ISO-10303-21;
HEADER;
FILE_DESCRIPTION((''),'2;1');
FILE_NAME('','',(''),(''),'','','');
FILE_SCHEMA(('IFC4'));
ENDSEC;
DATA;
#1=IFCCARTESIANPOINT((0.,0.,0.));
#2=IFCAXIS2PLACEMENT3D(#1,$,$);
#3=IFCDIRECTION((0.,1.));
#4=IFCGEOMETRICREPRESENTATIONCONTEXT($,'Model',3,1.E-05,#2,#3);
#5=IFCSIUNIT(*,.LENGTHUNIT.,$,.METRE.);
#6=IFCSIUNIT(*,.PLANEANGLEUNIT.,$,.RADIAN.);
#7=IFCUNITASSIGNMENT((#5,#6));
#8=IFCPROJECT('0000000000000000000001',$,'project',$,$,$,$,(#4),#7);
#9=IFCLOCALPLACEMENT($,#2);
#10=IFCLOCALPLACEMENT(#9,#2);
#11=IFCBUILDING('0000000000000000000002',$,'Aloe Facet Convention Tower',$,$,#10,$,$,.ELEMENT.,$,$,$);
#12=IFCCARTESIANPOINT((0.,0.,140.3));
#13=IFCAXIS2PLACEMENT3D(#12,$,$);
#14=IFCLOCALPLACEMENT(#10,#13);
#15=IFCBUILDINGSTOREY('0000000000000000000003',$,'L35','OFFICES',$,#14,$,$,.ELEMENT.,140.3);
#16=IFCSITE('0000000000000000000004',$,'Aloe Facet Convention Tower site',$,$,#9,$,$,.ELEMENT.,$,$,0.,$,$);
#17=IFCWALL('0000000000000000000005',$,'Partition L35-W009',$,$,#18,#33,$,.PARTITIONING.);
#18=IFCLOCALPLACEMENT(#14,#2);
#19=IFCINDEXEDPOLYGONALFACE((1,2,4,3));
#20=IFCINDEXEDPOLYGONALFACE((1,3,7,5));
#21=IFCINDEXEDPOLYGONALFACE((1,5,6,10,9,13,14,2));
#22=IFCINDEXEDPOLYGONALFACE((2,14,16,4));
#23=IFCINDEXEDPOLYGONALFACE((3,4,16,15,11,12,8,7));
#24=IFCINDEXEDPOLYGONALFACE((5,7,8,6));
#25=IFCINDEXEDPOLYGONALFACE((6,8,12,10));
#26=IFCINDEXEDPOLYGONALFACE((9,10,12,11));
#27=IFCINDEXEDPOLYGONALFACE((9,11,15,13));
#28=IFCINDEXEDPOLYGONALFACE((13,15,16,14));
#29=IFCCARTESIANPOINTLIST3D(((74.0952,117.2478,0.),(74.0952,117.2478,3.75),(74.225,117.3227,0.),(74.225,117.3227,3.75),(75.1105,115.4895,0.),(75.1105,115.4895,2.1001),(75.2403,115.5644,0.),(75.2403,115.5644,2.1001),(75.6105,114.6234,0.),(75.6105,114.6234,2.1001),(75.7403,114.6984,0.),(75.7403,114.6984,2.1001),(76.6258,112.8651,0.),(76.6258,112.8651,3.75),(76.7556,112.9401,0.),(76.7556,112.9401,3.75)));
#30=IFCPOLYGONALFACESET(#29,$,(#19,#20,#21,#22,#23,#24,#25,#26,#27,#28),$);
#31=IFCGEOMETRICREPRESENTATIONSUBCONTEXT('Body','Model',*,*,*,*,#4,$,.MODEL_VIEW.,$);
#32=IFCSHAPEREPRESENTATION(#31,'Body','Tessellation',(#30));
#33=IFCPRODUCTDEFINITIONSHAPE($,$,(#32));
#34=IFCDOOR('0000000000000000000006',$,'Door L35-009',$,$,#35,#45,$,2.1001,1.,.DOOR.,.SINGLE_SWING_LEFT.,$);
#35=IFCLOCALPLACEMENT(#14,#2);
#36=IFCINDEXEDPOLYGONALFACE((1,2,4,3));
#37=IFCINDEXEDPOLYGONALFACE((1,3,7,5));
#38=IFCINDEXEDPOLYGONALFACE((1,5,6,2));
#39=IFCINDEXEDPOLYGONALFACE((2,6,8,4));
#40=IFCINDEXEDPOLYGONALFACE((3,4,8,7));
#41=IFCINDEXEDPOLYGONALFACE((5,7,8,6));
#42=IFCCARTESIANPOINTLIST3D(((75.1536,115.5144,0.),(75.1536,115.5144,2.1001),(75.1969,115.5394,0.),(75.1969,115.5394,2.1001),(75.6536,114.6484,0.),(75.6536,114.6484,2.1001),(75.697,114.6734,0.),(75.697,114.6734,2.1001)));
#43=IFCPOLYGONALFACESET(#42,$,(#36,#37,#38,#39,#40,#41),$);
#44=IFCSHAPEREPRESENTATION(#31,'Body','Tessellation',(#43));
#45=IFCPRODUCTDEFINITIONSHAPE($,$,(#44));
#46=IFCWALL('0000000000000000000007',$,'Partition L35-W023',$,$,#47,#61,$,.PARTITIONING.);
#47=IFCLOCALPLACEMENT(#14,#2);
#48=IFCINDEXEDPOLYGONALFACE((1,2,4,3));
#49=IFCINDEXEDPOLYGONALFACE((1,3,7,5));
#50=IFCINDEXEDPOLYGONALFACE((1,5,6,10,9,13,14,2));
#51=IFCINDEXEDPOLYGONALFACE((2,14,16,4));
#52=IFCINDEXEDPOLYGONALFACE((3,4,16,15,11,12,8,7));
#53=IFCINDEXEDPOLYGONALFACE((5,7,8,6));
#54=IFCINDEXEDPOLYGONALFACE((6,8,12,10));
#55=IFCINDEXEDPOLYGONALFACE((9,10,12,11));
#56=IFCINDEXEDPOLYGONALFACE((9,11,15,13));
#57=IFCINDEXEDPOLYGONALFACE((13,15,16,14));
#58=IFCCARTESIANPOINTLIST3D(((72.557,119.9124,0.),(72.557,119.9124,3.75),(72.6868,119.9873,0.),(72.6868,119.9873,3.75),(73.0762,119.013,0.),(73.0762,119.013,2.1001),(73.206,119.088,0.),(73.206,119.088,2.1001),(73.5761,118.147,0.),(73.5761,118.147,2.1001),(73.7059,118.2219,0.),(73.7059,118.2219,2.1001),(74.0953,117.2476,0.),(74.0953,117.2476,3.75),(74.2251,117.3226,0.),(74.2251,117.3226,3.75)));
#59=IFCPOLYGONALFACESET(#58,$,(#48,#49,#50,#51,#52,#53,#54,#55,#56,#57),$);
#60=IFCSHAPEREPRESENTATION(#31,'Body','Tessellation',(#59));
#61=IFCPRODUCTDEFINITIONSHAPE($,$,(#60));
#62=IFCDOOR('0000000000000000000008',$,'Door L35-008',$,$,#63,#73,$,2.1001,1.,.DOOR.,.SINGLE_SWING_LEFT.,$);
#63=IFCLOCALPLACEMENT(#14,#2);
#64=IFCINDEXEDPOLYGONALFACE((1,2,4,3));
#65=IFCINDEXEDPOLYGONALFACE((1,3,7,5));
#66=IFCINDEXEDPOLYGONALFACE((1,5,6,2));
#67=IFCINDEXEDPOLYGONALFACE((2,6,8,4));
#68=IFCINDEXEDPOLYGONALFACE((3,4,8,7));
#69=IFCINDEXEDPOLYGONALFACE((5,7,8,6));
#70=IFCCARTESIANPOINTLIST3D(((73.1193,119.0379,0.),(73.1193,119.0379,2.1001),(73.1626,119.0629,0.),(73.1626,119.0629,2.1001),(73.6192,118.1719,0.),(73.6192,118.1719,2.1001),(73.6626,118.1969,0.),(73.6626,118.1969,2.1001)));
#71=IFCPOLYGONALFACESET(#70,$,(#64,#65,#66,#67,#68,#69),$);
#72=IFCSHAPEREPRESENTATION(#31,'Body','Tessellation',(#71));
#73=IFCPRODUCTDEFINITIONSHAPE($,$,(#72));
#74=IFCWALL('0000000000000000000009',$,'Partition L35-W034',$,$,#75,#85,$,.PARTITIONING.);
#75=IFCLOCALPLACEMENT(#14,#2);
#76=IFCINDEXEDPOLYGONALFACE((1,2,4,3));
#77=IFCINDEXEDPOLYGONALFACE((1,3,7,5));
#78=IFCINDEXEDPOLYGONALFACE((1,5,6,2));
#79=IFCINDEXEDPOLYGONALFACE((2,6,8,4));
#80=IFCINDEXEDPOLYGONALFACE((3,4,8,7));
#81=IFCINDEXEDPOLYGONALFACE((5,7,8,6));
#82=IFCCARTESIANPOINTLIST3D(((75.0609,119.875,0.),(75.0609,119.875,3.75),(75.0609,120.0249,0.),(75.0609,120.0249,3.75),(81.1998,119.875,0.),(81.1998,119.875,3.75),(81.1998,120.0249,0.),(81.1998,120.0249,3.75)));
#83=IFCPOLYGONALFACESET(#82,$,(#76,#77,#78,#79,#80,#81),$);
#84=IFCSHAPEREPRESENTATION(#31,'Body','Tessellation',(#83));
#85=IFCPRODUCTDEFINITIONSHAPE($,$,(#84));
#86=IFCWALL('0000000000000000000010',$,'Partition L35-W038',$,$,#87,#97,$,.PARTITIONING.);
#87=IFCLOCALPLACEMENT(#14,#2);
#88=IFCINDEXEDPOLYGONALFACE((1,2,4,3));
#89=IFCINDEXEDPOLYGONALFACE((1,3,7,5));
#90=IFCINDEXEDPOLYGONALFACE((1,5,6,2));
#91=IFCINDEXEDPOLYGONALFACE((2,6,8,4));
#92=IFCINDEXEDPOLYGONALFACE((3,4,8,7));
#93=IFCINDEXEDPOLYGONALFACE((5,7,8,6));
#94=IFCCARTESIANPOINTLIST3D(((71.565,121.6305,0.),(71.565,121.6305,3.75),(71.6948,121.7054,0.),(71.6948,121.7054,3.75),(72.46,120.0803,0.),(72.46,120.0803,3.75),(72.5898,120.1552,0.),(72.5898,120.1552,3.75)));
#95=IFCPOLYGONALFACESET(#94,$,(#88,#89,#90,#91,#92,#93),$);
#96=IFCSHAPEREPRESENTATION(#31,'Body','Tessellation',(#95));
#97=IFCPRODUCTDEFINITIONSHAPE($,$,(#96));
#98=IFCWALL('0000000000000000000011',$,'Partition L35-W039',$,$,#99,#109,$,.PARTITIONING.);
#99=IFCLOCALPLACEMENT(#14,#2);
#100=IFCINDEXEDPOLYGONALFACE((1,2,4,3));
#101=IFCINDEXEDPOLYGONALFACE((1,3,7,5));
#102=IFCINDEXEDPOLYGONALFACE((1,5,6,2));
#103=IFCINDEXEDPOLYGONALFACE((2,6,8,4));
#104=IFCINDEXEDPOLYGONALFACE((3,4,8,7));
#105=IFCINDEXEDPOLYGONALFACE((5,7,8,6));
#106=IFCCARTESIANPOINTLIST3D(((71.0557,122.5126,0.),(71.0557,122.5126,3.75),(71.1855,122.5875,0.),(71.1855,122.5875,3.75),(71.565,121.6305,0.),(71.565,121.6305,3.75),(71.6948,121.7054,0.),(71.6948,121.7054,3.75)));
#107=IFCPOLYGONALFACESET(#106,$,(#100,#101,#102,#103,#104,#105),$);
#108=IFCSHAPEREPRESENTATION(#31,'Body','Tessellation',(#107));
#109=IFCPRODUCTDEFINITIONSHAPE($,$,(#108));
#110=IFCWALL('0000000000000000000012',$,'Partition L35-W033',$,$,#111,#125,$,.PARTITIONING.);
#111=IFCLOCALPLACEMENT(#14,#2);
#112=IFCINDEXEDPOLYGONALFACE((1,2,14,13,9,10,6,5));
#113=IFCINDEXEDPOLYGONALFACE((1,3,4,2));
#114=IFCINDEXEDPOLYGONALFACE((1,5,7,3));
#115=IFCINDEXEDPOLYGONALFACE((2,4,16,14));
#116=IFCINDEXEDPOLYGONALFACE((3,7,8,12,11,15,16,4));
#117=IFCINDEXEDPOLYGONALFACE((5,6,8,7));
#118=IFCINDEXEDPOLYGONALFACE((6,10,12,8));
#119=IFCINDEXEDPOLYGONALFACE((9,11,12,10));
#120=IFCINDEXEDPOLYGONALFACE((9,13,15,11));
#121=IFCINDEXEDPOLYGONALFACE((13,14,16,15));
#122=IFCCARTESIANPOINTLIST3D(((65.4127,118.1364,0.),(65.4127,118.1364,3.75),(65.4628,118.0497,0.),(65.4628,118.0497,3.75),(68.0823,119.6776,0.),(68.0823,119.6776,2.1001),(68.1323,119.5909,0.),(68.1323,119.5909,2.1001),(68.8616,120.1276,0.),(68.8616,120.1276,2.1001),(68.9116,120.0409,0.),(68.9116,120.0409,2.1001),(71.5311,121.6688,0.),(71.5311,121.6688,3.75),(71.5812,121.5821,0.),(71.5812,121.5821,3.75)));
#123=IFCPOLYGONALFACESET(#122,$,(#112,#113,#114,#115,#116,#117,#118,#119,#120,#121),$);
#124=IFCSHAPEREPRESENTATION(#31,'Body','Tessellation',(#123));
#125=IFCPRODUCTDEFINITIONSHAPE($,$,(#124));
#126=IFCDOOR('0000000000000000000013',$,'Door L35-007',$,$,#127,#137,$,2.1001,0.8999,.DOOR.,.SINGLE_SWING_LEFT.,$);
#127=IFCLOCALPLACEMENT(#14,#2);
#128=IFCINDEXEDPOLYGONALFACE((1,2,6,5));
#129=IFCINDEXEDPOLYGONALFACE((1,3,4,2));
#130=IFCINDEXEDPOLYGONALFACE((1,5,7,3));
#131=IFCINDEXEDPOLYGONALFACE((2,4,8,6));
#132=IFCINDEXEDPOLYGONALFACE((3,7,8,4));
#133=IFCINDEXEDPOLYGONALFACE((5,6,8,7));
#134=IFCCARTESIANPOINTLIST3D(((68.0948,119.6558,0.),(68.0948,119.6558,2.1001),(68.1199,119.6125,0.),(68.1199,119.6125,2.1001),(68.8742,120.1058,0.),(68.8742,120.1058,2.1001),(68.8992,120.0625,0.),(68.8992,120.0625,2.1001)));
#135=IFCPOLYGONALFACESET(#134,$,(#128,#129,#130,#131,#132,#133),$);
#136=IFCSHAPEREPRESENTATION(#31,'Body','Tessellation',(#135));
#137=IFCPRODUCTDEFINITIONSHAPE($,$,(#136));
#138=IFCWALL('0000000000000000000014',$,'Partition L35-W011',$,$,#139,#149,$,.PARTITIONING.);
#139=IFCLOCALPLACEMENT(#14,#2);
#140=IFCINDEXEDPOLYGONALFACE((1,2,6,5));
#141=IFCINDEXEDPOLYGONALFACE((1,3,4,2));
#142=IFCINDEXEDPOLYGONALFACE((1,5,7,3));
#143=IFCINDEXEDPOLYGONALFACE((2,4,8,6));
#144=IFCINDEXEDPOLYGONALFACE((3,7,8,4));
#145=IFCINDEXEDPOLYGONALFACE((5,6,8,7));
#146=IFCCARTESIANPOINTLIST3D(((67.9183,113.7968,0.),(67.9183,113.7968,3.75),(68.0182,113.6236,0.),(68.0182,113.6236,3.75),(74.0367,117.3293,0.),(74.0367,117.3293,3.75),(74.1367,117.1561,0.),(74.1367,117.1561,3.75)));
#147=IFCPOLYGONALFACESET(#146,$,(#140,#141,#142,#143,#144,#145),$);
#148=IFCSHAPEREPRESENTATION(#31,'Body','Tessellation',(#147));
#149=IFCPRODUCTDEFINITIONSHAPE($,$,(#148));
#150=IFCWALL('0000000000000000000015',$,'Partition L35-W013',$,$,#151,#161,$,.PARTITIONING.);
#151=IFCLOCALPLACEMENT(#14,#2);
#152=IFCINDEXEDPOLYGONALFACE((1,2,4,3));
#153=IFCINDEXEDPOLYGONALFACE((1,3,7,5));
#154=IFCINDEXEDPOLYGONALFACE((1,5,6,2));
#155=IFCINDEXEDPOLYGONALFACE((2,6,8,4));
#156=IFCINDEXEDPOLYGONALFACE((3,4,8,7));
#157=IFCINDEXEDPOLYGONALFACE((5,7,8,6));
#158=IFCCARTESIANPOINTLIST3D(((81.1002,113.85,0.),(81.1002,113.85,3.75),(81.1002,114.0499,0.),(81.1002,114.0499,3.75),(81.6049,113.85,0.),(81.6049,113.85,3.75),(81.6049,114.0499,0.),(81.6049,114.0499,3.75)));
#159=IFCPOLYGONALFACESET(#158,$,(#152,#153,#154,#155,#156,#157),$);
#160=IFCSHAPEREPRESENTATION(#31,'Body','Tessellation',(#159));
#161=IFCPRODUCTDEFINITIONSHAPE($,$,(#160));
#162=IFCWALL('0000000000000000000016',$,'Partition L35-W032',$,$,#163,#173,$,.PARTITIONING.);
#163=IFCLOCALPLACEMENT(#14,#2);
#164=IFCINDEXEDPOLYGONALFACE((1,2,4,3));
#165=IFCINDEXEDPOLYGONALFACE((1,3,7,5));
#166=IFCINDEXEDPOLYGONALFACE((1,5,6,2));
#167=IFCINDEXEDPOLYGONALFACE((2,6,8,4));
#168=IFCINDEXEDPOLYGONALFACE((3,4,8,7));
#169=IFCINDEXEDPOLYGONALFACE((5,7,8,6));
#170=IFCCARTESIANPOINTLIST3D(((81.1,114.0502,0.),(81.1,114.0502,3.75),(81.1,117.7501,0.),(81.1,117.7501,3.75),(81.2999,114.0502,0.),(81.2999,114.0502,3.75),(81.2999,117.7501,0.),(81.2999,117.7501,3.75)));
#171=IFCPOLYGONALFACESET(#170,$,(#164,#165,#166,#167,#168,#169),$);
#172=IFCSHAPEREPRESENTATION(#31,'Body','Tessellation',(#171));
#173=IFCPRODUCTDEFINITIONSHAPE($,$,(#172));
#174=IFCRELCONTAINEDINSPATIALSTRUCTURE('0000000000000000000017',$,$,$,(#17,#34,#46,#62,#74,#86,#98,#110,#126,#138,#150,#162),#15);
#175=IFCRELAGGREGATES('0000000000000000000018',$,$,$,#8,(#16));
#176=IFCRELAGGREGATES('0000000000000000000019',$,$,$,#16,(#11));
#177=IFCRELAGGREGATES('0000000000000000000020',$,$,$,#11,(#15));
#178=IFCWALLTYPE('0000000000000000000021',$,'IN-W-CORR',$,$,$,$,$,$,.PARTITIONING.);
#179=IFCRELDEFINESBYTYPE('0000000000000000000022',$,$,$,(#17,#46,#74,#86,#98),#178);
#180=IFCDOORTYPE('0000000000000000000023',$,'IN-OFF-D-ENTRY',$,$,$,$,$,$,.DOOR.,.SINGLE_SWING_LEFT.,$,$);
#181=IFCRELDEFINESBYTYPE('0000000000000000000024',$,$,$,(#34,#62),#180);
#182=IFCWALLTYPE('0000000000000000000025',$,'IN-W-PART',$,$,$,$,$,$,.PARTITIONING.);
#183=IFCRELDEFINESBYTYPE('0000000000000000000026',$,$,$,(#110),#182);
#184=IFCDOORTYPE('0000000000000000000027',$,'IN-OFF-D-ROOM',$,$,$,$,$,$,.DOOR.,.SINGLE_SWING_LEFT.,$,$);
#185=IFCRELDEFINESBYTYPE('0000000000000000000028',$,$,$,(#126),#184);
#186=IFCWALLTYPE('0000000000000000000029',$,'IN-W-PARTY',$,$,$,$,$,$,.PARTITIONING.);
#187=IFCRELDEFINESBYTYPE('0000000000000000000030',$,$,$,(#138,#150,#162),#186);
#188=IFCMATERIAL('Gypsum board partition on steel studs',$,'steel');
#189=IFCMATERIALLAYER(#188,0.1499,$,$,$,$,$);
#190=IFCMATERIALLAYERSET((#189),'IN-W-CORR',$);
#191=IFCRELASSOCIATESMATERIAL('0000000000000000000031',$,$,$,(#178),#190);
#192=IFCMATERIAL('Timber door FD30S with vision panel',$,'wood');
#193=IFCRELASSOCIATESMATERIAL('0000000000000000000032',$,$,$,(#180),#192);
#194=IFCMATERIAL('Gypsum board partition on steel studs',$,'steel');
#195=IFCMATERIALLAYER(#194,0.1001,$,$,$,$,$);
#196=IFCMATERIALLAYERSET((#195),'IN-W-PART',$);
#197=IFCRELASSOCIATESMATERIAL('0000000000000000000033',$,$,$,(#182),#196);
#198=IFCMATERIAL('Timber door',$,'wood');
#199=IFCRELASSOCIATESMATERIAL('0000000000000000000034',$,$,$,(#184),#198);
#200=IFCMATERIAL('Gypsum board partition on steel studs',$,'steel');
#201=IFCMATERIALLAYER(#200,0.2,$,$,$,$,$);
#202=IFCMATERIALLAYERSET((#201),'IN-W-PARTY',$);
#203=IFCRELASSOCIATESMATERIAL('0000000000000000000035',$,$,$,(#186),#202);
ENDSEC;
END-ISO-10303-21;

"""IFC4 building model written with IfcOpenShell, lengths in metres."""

from ifc_helpers import new_model, si_unit, direction, frame, frame_2d, origin, place, context, subcontext, project, spatial, rectangle, extrude, material, layer, layer_set, type_object, element, fill, save


model = new_model("IFC4")

# Units and contexts
model_context = context("Model", 3, precision=1e-05, world=origin(), true_north=direction((0.0, 1.0)))
body_context = subcontext(model_context, "Body", "Model", "MODEL_VIEW")
ifc_project = project(units=[si_unit("LENGTHUNIT", "METRE"), si_unit("PLANEANGLEUNIT", "RADIAN")], contexts=[model_context])

# Site, building, storey
site_placement = place(None, origin())
site = spatial("IfcSite", under=ifc_project, at=site_placement, Name="Aloe Facet Convention Tower site", CompositionType="ELEMENT", RefElevation=0.0)
building_placement = place(site_placement, origin())
building = spatial("IfcBuilding", under=site, at=building_placement, Name="Aloe Facet Convention Tower", CompositionType="ELEMENT")
storey_placement = place(building_placement, frame((0.0, 0.0, 140.3)))
storey = spatial("IfcBuildingStorey", under=building, at=storey_placement, Name="L35", Description="OFFICES", CompositionType="ELEMENT", Elevation=140.3)

# Walls, openings, doors
ifc_material_1 = material(Name="Gypsum board partition on steel studs", Category="steel")
ifc_layer_1 = layer(ifc_material_1, 0.1499)
ifc_layer_set_1 = layer_set([ifc_layer_1], Name="IN-W-CORR")
wall_type_1 = type_object("IfcWallType", Name="IN-W-CORR", PredefinedType="PARTITIONING", material=ifc_layer_set_1)
wall_1_placement = place(storey_placement, frame((74.1602, 117.2852, 0.0), z_axis=(0.0, 0.0, 1.0), x_axis=(0.500036, -0.866005, 0.0)))
wall_1 = element("IfcWall", 1, at=wall_1_placement, inside=storey, type_object=wall_type_1, Name="Partition L35-W009", PredefinedType="PARTITIONING", context=body_context, shape_type="SweptSolid", body=[
    extrude(rectangle(XDim=5.0608, YDim=0.1499, at=frame_2d((2.5303, 0.0))), origin(), (0.0, 0.0, 1.0), 3.75),
])
opening_1_placement = place(wall_1_placement, frame((2.0303, 0.0, 0.0)))
opening_1 = element("IfcOpeningElement", 2, at=opening_1_placement, cuts=wall_1, PredefinedType="OPENING", context=body_context, shape_type="SweptSolid", body=[
    extrude(rectangle(XDim=1.0, YDim=2.1001, at=frame_2d((0.5, 1.05))), frame((0.0, 0.085, 0.0), z_axis=(0.0, -1.0, 0.0), x_axis=(1.0, 0.0, 0.0)), (0.0, 0.0, 1.0), 0.1699),
])
ifc_material_2 = material(Name="Timber door FD30S with vision panel", Category="wood")
door_type_1 = type_object("IfcDoorType", Name="IN-OFF-D-ENTRY", OperationType="SINGLE_SWING_LEFT", PredefinedType="DOOR", material=ifc_material_2)
door_1_placement = place(opening_1_placement, origin())
door_1 = element("IfcDoor", 3, at=door_1_placement, inside=storey, type_object=door_type_1, Name="Door L35-009", OperationType="SINGLE_SWING_LEFT", OverallHeight=2.1001, OverallWidth=1.0, PredefinedType="DOOR", context=body_context, shape_type="SweptSolid", body=[
    extrude(rectangle(XDim=1.0, YDim=2.1001, at=frame_2d((0.5, 1.05))), frame((0.0, 0.0249, 0.0), z_axis=(0.0, -1.0, 0.0), x_axis=(1.0, 0.0, 0.0)), (0.0, 0.0, 1.0), 0.05),
])
fill(opening_1, door_1)
wall_2_placement = place(storey_placement, frame((72.6218, 119.95, 0.0), z_axis=(0.0, 0.0, 1.0), x_axis=(0.499954, -0.866052, 0.0)))
wall_2 = element("IfcWall", 4, at=wall_2_placement, inside=storey, type_object=wall_type_1, Name="Partition L35-W023", PredefinedType="PARTITIONING", context=body_context, shape_type="SweptSolid", body=[
    extrude(rectangle(XDim=3.0769, YDim=0.1499, at=frame_2d((1.5386, 0.0))), origin(), (0.0, 0.0, 1.0), 3.75),
])
opening_2_placement = place(wall_2_placement, frame((1.0386, 0.0, 0.0)))
opening_2 = element("IfcOpeningElement", 5, at=opening_2_placement, cuts=wall_2, PredefinedType="OPENING", context=body_context, shape_type="SweptSolid", body=[
    extrude(rectangle(XDim=1.0, YDim=2.1001, at=frame_2d((0.5, 1.05))), frame((0.0, 0.085, 0.0), z_axis=(0.0, -1.0, 0.0), x_axis=(1.0, 0.0, 0.0)), (0.0, 0.0, 1.0), 0.1699),
])
door_2_placement = place(opening_2_placement, origin())
door_2 = element("IfcDoor", 6, at=door_2_placement, inside=storey, type_object=door_type_1, Name="Door L35-008", OperationType="SINGLE_SWING_LEFT", OverallHeight=2.1001, OverallWidth=1.0, PredefinedType="DOOR", context=body_context, shape_type="SweptSolid", body=[
    extrude(rectangle(XDim=1.0, YDim=2.1001, at=frame_2d((0.5, 1.05))), frame((0.0, 0.0249, 0.0), z_axis=(0.0, -1.0, 0.0), x_axis=(1.0, 0.0, 0.0)), (0.0, 0.0, 1.0), 0.05),
])
fill(opening_2, door_2)

# Walls
wall_3_placement = place(storey_placement, frame((75.061, 119.95, 0.0), z_axis=(0.0, 0.0, 1.0), x_axis=(1.0, 0.0, 0.0)))
element("IfcWall", 7, at=wall_3_placement, inside=storey, type_object=wall_type_1, Name="Partition L35-W034", PredefinedType="PARTITIONING", context=body_context, shape_type="SweptSolid", body=[
    extrude(rectangle(XDim=6.1389, YDim=0.1499, at=frame_2d((3.0693, 0.0))), origin(), (0.0, 0.0, 1.0), 3.75),
])
wall_4_placement = place(storey_placement, frame((71.6299, 121.668, 0.0), z_axis=(0.0, 0.0, 1.0), x_axis=(0.499982, -0.866036, 0.0)))
element("IfcWall", 8, at=wall_4_placement, inside=storey, type_object=wall_type_1, Name="Partition L35-W038", PredefinedType="PARTITIONING", context=body_context, shape_type="SweptSolid", body=[
    extrude(rectangle(XDim=1.79, YDim=0.1499, at=frame_2d((0.895, 0.0))), origin(), (0.0, 0.0, 1.0), 3.75),
])
wall_5_placement = place(storey_placement, frame((71.1206, 122.55, 0.0), z_axis=(0.0, 0.0, 1.0), x_axis=(0.500006, -0.866022, 0.0)))
element("IfcWall", 9, at=wall_5_placement, inside=storey, type_object=wall_type_1, Name="Partition L35-W039", PredefinedType="PARTITIONING", context=body_context, shape_type="SweptSolid", body=[
    extrude(rectangle(XDim=1.0186, YDim=0.1499, at=frame_2d((0.5093, 0.0))), origin(), (0.0, 0.0, 1.0), 3.75),
])

# Wall, opening, door
ifc_material_3 = material(Name="Gypsum board partition on steel studs", Category="steel")
ifc_layer_2 = layer(ifc_material_3, 0.1001)
ifc_layer_set_2 = layer_set([ifc_layer_2], Name="IN-W-PART")
wall_type_2 = type_object("IfcWallType", Name="IN-W-PART", PredefinedType="PARTITIONING", material=ifc_layer_set_2)
wall_6_placement = place(storey_placement, frame((65.4377, 118.093, 0.0), z_axis=(0.0, 0.0, 1.0), x_axis=(0.866025, 0.500001, 0.0)))
wall_6 = element("IfcWall", 10, at=wall_6_placement, inside=storey, type_object=wall_type_2, Name="Partition L35-W033", PredefinedType="PARTITIONING", context=body_context, shape_type="SweptSolid", body=[
    extrude(rectangle(XDim=7.0649, YDim=0.1001, at=frame_2d((3.5325, 0.0))), origin(), (0.0, 0.0, 1.0), 3.75),
])
opening_3_placement = place(wall_6_placement, frame((3.0825, 0.0, 0.0)))
opening_3 = element("IfcOpeningElement", 11, at=opening_3_placement, cuts=wall_6, PredefinedType="OPENING", context=body_context, shape_type="SweptSolid", body=[
    extrude(rectangle(XDim=0.8999, YDim=2.1001, at=frame_2d((0.45, 1.05))), frame((0.0, 0.0601, 0.0), z_axis=(0.0, -1.0, 0.0), x_axis=(1.0, 0.0, 0.0)), (0.0, 0.0, 1.0), 0.1201),
])
ifc_material_4 = material(Name="Timber door", Category="wood")
door_type_2 = type_object("IfcDoorType", Name="IN-OFF-D-ROOM", OperationType="SINGLE_SWING_LEFT", PredefinedType="DOOR", material=ifc_material_4)
door_3_placement = place(opening_3_placement, origin())
door_3 = element("IfcDoor", 12, at=door_3_placement, inside=storey, type_object=door_type_2, Name="Door L35-007", OperationType="SINGLE_SWING_LEFT", OverallHeight=2.1001, OverallWidth=0.8999, PredefinedType="DOOR", context=body_context, shape_type="SweptSolid", body=[
    extrude(rectangle(XDim=0.8999, YDim=2.1001, at=frame_2d((0.45, 1.05))), frame((0.0, 0.0249, 0.0), z_axis=(0.0, -1.0, 0.0), x_axis=(1.0, 0.0, 0.0)), (0.0, 0.0, 1.0), 0.05),
])
fill(opening_3, door_3)

# Walls
ifc_material_5 = material(Name="Gypsum board partition on steel studs", Category="steel")
ifc_layer_3 = layer(ifc_material_5, 0.2)
ifc_layer_set_3 = layer_set([ifc_layer_3], Name="IN-W-PARTY")
wall_type_3 = type_object("IfcWallType", Name="IN-W-PARTY", PredefinedType="PARTITIONING", material=ifc_layer_set_3)
wall_7_placement = place(storey_placement, frame((67.9683, 113.7102, 0.0), z_axis=(0.0, 0.0, 1.0), x_axis=(0.866025, 0.500001, 0.0)))
element("IfcWall", 13, at=wall_7_placement, inside=storey, type_object=wall_type_3, Name="Partition L35-W011", PredefinedType="PARTITIONING", context=body_context, shape_type="SweptSolid", body=[
    extrude(rectangle(XDim=7.0649, YDim=0.2, at=frame_2d((3.5325, 0.0))), origin(), (0.0, 0.0, 1.0), 3.75),
])
wall_8_placement = place(storey_placement, frame((81.1001, 113.95, 0.0), z_axis=(0.0, 0.0, 1.0), x_axis=(1.0, 0.0, 0.0)))
element("IfcWall", 14, at=wall_8_placement, inside=storey, type_object=wall_type_3, Name="Partition L35-W013", PredefinedType="PARTITIONING", context=body_context, shape_type="SweptSolid", body=[
    extrude(rectangle(XDim=0.5046, YDim=0.2, at=frame_2d((0.2524, 0.0))), origin(), (0.0, 0.0, 1.0), 3.75),
])
wall_9_placement = place(storey_placement, frame((81.2, 114.05, 0.0), z_axis=(0.0, 0.0, 1.0), x_axis=(0.0, 1.0, 0.0)))
element("IfcWall", 15, at=wall_9_placement, inside=storey, type_object=wall_type_3, Name="Partition L35-W032", PredefinedType="PARTITIONING", context=body_context, shape_type="SweptSolid", body=[
    extrude(rectangle(XDim=3.7, YDim=0.2, at=frame_2d((1.8501, 0.0))), origin(), (0.0, 0.0, 1.0), 3.75),
])

save(model, "model.ifc")
